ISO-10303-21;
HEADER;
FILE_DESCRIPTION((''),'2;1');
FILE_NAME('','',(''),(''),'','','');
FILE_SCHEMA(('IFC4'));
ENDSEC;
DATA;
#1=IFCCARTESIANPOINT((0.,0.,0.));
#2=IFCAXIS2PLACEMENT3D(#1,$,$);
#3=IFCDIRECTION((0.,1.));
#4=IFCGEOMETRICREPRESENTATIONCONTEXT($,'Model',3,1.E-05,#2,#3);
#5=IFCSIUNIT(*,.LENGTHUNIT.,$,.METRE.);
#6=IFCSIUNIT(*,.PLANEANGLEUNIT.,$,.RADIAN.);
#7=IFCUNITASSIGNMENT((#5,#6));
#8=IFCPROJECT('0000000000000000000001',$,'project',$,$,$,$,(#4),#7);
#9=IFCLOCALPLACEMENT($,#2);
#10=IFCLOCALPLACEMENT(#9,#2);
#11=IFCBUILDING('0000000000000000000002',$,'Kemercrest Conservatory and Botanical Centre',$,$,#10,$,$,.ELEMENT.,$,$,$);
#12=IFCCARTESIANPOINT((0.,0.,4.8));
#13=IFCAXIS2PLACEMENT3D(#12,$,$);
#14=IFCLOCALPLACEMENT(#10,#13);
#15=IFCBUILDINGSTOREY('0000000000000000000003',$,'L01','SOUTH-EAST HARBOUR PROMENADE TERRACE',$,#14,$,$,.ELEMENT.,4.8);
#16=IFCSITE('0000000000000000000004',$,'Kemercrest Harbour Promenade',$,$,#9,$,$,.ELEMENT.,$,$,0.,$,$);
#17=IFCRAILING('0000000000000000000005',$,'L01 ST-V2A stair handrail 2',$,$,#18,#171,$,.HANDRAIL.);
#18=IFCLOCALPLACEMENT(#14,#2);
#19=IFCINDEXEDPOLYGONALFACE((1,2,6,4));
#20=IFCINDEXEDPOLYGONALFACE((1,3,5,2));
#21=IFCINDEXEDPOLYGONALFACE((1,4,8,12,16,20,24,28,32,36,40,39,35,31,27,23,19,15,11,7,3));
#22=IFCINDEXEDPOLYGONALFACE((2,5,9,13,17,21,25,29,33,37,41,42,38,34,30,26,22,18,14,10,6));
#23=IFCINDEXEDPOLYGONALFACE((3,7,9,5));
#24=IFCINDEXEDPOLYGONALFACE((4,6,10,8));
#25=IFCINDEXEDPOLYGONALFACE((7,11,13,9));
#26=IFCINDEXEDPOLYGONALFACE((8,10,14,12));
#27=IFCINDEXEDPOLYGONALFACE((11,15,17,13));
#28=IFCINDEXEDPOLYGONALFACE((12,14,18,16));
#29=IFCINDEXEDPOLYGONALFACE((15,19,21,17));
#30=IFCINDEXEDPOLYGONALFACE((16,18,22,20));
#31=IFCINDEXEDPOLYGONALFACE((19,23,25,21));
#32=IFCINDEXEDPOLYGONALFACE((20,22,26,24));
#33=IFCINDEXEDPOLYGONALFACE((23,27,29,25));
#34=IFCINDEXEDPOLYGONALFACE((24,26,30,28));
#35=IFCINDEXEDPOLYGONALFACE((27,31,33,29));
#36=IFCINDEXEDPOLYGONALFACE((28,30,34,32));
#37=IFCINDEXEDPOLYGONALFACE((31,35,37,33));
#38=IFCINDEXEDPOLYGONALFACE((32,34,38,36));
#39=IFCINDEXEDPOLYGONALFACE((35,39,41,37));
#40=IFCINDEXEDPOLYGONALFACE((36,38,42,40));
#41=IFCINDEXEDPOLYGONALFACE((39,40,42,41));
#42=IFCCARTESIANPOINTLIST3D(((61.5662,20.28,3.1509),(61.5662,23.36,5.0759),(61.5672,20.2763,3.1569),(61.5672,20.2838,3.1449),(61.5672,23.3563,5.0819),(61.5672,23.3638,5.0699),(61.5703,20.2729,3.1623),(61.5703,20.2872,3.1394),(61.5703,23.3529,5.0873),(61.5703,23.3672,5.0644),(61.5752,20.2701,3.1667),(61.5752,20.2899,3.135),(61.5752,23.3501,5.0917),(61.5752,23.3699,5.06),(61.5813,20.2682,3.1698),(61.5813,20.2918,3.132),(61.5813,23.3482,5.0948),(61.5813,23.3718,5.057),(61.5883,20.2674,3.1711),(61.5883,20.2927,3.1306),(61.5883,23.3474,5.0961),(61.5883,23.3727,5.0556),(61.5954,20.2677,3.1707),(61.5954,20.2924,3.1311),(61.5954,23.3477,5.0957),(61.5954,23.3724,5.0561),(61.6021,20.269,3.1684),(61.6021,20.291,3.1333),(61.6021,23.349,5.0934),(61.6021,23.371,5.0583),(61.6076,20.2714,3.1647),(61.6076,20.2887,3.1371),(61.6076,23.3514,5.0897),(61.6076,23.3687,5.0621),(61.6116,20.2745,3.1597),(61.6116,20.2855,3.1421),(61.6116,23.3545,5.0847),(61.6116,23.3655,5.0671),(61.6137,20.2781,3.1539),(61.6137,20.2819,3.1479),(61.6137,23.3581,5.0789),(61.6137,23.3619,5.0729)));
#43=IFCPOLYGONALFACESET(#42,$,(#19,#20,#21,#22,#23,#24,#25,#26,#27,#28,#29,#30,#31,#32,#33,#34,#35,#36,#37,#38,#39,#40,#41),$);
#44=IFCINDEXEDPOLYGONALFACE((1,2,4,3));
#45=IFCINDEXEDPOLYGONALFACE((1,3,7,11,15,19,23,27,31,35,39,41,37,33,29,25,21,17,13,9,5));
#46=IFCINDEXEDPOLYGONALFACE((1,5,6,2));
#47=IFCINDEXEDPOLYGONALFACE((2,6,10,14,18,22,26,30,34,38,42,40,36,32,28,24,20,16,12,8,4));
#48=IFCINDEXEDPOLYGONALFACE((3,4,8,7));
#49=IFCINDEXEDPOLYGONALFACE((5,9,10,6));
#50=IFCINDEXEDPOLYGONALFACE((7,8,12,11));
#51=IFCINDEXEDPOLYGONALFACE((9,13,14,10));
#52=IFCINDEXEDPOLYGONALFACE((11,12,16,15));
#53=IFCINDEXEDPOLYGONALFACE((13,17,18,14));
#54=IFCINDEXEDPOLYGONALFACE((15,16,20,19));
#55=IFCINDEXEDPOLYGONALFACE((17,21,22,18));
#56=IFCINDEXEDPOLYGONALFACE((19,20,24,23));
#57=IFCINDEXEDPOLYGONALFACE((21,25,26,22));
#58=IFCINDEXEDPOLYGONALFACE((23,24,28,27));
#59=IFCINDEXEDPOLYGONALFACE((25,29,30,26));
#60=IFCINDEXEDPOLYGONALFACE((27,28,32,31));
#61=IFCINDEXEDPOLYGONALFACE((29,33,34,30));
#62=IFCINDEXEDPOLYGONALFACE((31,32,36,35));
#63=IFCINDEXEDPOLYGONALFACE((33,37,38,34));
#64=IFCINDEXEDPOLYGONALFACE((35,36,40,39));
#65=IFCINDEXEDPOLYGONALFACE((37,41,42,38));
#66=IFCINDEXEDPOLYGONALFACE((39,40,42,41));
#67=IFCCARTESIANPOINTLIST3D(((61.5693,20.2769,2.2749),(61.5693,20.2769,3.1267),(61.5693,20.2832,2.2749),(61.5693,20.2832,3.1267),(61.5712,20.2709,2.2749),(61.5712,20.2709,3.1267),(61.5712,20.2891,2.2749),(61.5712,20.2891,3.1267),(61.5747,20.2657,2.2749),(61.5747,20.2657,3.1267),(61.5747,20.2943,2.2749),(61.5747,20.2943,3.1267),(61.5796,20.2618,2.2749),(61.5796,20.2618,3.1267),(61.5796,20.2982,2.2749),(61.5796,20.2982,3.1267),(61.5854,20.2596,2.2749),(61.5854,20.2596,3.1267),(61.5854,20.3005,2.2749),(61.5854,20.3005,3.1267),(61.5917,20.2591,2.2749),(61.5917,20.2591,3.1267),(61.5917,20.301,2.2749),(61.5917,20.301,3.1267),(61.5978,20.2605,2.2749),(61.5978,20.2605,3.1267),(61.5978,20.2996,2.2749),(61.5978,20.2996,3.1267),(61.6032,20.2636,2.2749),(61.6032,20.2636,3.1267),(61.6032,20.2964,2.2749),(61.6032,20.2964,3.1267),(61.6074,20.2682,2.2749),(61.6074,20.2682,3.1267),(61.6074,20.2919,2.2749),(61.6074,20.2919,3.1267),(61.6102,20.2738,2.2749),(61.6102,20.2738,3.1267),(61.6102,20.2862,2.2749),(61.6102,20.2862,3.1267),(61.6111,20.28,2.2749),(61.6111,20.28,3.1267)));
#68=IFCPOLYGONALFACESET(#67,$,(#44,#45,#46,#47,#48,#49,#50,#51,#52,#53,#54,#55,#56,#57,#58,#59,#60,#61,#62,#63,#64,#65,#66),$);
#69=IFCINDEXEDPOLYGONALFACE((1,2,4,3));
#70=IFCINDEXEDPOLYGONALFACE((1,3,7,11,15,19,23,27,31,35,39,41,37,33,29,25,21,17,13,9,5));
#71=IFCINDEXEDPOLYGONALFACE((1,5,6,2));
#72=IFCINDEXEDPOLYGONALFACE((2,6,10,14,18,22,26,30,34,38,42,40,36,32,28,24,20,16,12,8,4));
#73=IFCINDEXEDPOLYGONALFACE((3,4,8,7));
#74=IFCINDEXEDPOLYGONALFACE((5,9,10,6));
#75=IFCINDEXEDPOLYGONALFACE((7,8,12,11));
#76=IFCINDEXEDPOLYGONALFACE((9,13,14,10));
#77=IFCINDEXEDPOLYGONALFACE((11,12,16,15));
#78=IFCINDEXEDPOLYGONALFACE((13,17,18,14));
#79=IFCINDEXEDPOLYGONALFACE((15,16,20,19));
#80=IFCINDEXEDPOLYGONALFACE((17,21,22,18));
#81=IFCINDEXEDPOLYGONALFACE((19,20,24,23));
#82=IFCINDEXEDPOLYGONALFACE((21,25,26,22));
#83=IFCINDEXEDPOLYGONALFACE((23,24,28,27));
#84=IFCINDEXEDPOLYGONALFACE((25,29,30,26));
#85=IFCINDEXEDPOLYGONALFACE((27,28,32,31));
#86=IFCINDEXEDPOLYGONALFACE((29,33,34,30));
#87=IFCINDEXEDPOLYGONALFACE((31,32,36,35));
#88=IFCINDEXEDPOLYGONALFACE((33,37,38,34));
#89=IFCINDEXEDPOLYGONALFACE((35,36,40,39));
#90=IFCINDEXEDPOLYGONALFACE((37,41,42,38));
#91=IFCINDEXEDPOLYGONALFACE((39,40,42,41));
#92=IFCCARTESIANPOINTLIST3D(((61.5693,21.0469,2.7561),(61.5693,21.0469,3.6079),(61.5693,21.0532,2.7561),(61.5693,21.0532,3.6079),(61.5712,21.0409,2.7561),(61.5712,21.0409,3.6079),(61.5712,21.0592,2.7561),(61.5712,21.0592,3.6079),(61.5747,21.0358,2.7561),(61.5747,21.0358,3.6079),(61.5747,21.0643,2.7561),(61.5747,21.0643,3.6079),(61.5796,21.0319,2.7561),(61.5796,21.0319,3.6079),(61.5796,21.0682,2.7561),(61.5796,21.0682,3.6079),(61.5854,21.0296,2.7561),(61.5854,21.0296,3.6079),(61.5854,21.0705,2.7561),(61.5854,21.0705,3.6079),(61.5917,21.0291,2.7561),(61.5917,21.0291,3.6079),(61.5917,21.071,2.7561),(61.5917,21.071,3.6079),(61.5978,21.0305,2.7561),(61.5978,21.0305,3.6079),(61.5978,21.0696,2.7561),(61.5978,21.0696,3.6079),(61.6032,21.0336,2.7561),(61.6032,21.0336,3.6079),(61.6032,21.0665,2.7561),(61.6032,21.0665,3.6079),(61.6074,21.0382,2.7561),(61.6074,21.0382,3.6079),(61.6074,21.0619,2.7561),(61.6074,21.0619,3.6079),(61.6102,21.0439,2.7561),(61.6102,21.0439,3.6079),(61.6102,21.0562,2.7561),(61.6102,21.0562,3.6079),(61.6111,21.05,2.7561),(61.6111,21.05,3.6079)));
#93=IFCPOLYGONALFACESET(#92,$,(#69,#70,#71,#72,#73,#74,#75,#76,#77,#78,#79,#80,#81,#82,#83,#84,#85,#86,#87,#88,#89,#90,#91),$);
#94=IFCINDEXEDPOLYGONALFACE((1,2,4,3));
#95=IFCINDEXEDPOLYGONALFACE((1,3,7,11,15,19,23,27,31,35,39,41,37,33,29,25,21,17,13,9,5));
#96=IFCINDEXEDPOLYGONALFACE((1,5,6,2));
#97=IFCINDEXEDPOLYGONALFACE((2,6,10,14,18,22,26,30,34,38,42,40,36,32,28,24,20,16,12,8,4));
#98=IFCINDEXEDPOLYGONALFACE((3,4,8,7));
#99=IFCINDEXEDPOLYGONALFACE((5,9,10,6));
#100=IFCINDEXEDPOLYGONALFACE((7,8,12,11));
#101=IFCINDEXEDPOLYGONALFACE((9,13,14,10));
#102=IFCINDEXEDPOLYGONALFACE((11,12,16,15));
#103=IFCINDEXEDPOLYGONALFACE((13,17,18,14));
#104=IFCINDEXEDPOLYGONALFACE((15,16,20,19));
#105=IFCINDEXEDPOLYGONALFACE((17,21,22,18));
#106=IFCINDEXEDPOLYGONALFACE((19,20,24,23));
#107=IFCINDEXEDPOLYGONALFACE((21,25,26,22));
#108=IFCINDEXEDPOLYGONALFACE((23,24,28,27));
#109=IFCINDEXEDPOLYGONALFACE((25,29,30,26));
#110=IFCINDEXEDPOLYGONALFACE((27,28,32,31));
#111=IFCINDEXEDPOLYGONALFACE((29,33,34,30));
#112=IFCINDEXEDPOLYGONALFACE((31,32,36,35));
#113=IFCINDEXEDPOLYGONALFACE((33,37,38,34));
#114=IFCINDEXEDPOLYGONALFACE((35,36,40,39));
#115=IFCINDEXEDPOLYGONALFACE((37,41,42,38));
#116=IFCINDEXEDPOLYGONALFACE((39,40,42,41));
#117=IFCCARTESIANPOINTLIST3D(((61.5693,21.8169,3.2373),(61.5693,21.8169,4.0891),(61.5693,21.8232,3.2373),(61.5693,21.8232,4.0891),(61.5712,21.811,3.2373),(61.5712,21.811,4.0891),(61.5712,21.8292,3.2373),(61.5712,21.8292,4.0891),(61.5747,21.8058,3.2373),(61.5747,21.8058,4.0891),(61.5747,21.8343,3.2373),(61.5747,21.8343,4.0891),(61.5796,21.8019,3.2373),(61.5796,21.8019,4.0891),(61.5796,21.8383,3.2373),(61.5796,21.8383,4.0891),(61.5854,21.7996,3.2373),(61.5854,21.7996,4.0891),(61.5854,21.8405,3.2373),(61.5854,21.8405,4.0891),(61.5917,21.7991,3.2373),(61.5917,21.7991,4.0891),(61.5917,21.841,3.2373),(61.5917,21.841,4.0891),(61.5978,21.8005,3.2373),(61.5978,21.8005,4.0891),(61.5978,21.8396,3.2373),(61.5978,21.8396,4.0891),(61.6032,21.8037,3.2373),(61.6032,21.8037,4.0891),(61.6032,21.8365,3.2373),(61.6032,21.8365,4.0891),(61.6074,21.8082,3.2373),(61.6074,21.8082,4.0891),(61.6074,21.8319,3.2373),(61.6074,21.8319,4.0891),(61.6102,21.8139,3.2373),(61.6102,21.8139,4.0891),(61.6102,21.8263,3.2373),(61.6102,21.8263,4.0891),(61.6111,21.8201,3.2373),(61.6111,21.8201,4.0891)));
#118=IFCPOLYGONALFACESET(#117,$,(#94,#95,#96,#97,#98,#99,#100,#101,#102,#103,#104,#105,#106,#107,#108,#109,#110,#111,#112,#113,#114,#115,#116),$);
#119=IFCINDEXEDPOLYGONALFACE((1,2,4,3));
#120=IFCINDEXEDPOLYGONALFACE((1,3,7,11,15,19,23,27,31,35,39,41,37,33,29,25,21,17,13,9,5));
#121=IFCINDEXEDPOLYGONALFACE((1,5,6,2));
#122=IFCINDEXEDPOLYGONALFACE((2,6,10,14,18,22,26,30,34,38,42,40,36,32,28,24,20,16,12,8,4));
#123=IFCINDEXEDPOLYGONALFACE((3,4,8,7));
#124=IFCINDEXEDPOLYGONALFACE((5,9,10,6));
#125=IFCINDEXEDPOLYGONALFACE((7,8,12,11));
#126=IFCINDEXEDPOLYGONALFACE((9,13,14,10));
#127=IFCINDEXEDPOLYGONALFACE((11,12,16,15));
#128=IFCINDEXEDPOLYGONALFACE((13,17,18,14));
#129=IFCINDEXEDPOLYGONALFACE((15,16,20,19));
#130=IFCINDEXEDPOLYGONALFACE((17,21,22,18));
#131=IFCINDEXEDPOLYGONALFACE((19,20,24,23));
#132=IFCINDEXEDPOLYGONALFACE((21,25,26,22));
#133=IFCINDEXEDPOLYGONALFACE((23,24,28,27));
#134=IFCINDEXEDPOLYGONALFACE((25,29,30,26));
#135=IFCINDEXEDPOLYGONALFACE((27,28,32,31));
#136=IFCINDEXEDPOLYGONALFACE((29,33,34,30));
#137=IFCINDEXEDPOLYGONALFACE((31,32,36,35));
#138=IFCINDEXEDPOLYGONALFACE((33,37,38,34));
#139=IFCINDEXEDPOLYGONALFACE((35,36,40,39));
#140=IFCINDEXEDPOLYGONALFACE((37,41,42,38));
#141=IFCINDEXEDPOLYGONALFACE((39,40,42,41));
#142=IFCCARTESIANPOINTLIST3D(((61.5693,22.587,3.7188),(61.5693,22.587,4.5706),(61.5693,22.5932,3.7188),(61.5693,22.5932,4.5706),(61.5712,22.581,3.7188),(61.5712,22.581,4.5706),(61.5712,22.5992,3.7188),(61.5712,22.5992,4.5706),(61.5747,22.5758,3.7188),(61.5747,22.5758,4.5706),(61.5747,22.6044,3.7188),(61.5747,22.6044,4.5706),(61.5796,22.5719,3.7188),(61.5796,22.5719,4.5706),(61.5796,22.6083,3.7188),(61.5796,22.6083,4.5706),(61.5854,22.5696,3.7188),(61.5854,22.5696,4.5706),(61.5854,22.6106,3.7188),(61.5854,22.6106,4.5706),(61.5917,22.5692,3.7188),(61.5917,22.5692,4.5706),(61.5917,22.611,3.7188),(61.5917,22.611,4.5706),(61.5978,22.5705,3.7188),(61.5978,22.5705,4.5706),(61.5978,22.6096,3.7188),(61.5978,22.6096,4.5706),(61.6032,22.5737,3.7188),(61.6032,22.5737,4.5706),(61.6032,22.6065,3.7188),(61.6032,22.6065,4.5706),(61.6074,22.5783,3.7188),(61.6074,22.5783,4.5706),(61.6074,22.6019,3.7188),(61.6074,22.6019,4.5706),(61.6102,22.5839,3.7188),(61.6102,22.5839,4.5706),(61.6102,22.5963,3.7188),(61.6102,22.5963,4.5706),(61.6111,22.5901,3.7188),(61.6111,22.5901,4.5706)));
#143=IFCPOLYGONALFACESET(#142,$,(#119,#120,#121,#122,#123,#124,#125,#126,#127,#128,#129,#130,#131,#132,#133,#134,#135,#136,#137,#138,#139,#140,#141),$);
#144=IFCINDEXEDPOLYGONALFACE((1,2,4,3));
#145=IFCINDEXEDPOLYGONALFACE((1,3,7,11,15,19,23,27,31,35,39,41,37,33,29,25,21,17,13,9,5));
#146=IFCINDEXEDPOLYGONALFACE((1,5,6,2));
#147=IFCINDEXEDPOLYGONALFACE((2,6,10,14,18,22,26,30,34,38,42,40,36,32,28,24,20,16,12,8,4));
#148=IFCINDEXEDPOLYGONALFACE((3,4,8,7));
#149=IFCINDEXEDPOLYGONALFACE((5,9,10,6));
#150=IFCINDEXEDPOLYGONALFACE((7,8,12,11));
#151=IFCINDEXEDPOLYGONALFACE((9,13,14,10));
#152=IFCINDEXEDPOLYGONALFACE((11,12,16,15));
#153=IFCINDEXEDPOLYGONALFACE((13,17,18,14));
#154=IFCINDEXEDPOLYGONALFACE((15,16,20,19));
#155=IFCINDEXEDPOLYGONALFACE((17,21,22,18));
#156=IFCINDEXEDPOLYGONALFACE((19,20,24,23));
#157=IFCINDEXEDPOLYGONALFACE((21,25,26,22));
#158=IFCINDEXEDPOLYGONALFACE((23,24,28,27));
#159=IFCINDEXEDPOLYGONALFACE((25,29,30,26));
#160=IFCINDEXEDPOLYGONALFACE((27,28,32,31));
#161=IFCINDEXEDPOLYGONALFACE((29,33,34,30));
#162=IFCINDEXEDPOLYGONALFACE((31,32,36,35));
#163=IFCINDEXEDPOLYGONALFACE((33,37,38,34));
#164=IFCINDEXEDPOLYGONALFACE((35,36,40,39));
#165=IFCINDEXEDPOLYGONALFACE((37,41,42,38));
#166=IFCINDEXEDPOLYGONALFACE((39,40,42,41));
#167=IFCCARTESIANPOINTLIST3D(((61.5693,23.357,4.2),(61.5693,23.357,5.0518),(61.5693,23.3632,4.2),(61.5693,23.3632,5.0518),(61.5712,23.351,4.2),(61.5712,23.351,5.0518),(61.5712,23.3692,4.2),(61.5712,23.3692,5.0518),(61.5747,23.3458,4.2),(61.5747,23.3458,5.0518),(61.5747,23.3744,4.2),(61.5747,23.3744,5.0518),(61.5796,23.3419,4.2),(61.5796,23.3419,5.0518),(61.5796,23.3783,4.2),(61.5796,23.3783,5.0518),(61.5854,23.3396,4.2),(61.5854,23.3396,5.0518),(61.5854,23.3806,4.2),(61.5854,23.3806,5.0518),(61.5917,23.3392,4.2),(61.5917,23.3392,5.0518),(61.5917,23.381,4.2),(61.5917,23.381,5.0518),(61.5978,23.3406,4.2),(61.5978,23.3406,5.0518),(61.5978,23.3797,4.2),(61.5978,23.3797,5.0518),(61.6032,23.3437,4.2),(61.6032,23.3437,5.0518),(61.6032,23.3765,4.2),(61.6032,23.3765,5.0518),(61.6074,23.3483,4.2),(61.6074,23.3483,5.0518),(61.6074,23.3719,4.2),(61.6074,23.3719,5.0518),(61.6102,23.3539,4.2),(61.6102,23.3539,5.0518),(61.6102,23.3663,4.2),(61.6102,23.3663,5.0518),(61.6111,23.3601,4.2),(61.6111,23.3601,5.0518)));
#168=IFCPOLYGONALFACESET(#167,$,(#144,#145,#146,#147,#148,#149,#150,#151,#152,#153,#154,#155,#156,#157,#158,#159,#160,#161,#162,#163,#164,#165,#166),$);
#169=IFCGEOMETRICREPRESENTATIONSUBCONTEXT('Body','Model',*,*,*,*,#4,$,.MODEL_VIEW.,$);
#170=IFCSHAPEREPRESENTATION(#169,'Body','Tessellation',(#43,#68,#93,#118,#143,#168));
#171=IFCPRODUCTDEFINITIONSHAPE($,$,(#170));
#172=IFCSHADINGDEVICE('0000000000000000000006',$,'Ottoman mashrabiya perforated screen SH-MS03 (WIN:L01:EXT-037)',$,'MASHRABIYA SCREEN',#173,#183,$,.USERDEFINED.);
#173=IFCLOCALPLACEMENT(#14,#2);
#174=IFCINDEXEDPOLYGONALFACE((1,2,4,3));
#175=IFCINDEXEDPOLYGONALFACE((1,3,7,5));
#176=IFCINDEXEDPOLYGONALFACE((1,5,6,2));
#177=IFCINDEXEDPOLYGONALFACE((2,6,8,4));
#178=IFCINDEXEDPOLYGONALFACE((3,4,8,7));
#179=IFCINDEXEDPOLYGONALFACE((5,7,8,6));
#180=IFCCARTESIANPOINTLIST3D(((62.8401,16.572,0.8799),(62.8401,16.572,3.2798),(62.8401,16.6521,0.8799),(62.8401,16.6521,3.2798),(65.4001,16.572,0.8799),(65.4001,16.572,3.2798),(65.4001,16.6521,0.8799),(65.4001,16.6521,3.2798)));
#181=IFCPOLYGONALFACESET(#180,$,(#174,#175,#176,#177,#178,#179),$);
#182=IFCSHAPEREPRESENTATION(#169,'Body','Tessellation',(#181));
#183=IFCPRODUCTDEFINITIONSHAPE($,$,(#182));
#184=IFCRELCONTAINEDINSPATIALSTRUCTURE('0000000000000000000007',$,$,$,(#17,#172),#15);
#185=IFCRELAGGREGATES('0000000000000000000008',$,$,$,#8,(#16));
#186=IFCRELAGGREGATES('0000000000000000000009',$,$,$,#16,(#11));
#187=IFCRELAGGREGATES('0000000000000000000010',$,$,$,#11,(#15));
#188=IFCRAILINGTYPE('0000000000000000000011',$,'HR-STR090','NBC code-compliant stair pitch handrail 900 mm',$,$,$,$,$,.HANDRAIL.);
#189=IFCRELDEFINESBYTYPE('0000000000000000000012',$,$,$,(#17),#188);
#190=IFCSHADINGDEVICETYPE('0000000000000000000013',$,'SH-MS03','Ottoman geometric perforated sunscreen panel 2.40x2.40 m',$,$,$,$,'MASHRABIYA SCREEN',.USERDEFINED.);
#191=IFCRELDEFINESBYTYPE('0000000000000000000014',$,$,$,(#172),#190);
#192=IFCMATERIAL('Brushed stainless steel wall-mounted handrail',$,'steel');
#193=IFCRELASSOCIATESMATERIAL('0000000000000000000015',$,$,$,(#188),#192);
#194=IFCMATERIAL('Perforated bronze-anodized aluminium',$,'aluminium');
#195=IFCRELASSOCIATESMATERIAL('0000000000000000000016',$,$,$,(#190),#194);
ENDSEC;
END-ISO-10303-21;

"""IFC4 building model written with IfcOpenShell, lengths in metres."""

from ifc_helpers import new_model, si_unit, direction, frame, origin, origin_2d, place, context, subcontext, project, spatial, rectangle, circle, extrude, material, type_object, element, save


model = new_model("IFC4")

# Units and contexts
model_context = context("Model", 3, precision=1e-05, world=origin(), true_north=direction((0.0, 1.0)))
body_context = subcontext(model_context, "Body", "Model", "MODEL_VIEW")
ifc_project = project(units=[si_unit("LENGTHUNIT", "METRE"), si_unit("PLANEANGLEUNIT", "RADIAN")], contexts=[model_context])

# Site, building, storey
site_placement = place(None, origin())
site = spatial("IfcSite", under=ifc_project, at=site_placement, Name="Kemercrest Harbour Promenade", CompositionType="ELEMENT", RefElevation=0.0)
building_placement = place(site_placement, origin())
building = spatial("IfcBuilding", under=site, at=building_placement, Name="Kemercrest Conservatory and Botanical Centre", CompositionType="ELEMENT")
storey_placement = place(building_placement, frame((0.0, 0.0, 4.8)))
storey = spatial("IfcBuildingStorey", under=building, at=storey_placement, Name="L01", Description="SOUTH-EAST HARBOUR PROMENADE TERRACE", CompositionType="ELEMENT", Elevation=4.8)

# Railing
ifc_material_1 = material(Name="Brushed stainless steel wall-mounted handrail", Category="steel")
railing_type_1 = type_object("IfcRailingType", Name="HR-STR090", Description="NBC code-compliant stair pitch handrail 900 mm", PredefinedType="HANDRAIL", material=ifc_material_1)
railing_1_placement = place(storey_placement, frame((61.5901, 20.28, 2.2749)))
element("IfcRailing", 1, at=railing_1_placement, inside=storey, type_object=railing_type_1, Name="L01 ST-V2A stair handrail 2", PredefinedType="HANDRAIL", context=body_context, shape_type="SweptSolid", body=[
    extrude(circle(Radius=0.0239, at=origin_2d()), frame((0.0, 0.0, 0.876), z_axis=(0.0, 0.847998, 0.529999), x_axis=(-1.0, 0.0, 0.0)), (0.0, 0.0, 1.0), 3.6321),
    extrude(circle(Radius=0.021, at=origin_2d()), origin(), (0.0, 0.0, 1.0), 0.8518),
    extrude(circle(Radius=0.021, at=origin_2d()), frame((0.0, 0.77, 0.4812)), (0.0, 0.0, 1.0), 0.8518),
    extrude(circle(Radius=0.021, at=origin_2d()), frame((0.0, 1.54, 0.9624)), (0.0, 0.0, 1.0), 0.8518),
    extrude(circle(Radius=0.021, at=origin_2d()), frame((0.0, 2.3101, 1.4438)), (0.0, 0.0, 1.0), 0.8518),
    extrude(circle(Radius=0.021, at=origin_2d()), frame((0.0, 3.0801, 1.925)), (0.0, 0.0, 1.0), 0.8518),
])

# Shading device
ifc_material_2 = material(Name="Perforated bronze-anodized aluminium", Category="aluminium")
shading_device_type = type_object("IfcShadingDeviceType", Name="SH-MS03", Description="Ottoman geometric perforated sunscreen panel 2.40x2.40 m", ElementType="MASHRABIYA SCREEN", PredefinedType="USERDEFINED", material=ifc_material_2)
shading_device_placement = place(storey_placement, frame((64.1201, 16.6121, 0.8799), z_axis=(0.0, 0.0, 1.0), x_axis=(1.0, 0.0, 0.0)))
element("IfcShadingDevice", 2, at=shading_device_placement, inside=storey, type_object=shading_device_type, Name="Ottoman mashrabiya perforated screen SH-MS03 (WIN:L01:EXT-037)", ObjectType="MASHRABIYA SCREEN", PredefinedType="USERDEFINED", context=body_context, shape_type="SweptSolid", body=[
    extrude(rectangle(XDim=2.5601, YDim=0.0801, at=origin_2d()), origin(), (0.0, 0.0, 1.0), 2.3999),
])

save(model, "model.ifc")
